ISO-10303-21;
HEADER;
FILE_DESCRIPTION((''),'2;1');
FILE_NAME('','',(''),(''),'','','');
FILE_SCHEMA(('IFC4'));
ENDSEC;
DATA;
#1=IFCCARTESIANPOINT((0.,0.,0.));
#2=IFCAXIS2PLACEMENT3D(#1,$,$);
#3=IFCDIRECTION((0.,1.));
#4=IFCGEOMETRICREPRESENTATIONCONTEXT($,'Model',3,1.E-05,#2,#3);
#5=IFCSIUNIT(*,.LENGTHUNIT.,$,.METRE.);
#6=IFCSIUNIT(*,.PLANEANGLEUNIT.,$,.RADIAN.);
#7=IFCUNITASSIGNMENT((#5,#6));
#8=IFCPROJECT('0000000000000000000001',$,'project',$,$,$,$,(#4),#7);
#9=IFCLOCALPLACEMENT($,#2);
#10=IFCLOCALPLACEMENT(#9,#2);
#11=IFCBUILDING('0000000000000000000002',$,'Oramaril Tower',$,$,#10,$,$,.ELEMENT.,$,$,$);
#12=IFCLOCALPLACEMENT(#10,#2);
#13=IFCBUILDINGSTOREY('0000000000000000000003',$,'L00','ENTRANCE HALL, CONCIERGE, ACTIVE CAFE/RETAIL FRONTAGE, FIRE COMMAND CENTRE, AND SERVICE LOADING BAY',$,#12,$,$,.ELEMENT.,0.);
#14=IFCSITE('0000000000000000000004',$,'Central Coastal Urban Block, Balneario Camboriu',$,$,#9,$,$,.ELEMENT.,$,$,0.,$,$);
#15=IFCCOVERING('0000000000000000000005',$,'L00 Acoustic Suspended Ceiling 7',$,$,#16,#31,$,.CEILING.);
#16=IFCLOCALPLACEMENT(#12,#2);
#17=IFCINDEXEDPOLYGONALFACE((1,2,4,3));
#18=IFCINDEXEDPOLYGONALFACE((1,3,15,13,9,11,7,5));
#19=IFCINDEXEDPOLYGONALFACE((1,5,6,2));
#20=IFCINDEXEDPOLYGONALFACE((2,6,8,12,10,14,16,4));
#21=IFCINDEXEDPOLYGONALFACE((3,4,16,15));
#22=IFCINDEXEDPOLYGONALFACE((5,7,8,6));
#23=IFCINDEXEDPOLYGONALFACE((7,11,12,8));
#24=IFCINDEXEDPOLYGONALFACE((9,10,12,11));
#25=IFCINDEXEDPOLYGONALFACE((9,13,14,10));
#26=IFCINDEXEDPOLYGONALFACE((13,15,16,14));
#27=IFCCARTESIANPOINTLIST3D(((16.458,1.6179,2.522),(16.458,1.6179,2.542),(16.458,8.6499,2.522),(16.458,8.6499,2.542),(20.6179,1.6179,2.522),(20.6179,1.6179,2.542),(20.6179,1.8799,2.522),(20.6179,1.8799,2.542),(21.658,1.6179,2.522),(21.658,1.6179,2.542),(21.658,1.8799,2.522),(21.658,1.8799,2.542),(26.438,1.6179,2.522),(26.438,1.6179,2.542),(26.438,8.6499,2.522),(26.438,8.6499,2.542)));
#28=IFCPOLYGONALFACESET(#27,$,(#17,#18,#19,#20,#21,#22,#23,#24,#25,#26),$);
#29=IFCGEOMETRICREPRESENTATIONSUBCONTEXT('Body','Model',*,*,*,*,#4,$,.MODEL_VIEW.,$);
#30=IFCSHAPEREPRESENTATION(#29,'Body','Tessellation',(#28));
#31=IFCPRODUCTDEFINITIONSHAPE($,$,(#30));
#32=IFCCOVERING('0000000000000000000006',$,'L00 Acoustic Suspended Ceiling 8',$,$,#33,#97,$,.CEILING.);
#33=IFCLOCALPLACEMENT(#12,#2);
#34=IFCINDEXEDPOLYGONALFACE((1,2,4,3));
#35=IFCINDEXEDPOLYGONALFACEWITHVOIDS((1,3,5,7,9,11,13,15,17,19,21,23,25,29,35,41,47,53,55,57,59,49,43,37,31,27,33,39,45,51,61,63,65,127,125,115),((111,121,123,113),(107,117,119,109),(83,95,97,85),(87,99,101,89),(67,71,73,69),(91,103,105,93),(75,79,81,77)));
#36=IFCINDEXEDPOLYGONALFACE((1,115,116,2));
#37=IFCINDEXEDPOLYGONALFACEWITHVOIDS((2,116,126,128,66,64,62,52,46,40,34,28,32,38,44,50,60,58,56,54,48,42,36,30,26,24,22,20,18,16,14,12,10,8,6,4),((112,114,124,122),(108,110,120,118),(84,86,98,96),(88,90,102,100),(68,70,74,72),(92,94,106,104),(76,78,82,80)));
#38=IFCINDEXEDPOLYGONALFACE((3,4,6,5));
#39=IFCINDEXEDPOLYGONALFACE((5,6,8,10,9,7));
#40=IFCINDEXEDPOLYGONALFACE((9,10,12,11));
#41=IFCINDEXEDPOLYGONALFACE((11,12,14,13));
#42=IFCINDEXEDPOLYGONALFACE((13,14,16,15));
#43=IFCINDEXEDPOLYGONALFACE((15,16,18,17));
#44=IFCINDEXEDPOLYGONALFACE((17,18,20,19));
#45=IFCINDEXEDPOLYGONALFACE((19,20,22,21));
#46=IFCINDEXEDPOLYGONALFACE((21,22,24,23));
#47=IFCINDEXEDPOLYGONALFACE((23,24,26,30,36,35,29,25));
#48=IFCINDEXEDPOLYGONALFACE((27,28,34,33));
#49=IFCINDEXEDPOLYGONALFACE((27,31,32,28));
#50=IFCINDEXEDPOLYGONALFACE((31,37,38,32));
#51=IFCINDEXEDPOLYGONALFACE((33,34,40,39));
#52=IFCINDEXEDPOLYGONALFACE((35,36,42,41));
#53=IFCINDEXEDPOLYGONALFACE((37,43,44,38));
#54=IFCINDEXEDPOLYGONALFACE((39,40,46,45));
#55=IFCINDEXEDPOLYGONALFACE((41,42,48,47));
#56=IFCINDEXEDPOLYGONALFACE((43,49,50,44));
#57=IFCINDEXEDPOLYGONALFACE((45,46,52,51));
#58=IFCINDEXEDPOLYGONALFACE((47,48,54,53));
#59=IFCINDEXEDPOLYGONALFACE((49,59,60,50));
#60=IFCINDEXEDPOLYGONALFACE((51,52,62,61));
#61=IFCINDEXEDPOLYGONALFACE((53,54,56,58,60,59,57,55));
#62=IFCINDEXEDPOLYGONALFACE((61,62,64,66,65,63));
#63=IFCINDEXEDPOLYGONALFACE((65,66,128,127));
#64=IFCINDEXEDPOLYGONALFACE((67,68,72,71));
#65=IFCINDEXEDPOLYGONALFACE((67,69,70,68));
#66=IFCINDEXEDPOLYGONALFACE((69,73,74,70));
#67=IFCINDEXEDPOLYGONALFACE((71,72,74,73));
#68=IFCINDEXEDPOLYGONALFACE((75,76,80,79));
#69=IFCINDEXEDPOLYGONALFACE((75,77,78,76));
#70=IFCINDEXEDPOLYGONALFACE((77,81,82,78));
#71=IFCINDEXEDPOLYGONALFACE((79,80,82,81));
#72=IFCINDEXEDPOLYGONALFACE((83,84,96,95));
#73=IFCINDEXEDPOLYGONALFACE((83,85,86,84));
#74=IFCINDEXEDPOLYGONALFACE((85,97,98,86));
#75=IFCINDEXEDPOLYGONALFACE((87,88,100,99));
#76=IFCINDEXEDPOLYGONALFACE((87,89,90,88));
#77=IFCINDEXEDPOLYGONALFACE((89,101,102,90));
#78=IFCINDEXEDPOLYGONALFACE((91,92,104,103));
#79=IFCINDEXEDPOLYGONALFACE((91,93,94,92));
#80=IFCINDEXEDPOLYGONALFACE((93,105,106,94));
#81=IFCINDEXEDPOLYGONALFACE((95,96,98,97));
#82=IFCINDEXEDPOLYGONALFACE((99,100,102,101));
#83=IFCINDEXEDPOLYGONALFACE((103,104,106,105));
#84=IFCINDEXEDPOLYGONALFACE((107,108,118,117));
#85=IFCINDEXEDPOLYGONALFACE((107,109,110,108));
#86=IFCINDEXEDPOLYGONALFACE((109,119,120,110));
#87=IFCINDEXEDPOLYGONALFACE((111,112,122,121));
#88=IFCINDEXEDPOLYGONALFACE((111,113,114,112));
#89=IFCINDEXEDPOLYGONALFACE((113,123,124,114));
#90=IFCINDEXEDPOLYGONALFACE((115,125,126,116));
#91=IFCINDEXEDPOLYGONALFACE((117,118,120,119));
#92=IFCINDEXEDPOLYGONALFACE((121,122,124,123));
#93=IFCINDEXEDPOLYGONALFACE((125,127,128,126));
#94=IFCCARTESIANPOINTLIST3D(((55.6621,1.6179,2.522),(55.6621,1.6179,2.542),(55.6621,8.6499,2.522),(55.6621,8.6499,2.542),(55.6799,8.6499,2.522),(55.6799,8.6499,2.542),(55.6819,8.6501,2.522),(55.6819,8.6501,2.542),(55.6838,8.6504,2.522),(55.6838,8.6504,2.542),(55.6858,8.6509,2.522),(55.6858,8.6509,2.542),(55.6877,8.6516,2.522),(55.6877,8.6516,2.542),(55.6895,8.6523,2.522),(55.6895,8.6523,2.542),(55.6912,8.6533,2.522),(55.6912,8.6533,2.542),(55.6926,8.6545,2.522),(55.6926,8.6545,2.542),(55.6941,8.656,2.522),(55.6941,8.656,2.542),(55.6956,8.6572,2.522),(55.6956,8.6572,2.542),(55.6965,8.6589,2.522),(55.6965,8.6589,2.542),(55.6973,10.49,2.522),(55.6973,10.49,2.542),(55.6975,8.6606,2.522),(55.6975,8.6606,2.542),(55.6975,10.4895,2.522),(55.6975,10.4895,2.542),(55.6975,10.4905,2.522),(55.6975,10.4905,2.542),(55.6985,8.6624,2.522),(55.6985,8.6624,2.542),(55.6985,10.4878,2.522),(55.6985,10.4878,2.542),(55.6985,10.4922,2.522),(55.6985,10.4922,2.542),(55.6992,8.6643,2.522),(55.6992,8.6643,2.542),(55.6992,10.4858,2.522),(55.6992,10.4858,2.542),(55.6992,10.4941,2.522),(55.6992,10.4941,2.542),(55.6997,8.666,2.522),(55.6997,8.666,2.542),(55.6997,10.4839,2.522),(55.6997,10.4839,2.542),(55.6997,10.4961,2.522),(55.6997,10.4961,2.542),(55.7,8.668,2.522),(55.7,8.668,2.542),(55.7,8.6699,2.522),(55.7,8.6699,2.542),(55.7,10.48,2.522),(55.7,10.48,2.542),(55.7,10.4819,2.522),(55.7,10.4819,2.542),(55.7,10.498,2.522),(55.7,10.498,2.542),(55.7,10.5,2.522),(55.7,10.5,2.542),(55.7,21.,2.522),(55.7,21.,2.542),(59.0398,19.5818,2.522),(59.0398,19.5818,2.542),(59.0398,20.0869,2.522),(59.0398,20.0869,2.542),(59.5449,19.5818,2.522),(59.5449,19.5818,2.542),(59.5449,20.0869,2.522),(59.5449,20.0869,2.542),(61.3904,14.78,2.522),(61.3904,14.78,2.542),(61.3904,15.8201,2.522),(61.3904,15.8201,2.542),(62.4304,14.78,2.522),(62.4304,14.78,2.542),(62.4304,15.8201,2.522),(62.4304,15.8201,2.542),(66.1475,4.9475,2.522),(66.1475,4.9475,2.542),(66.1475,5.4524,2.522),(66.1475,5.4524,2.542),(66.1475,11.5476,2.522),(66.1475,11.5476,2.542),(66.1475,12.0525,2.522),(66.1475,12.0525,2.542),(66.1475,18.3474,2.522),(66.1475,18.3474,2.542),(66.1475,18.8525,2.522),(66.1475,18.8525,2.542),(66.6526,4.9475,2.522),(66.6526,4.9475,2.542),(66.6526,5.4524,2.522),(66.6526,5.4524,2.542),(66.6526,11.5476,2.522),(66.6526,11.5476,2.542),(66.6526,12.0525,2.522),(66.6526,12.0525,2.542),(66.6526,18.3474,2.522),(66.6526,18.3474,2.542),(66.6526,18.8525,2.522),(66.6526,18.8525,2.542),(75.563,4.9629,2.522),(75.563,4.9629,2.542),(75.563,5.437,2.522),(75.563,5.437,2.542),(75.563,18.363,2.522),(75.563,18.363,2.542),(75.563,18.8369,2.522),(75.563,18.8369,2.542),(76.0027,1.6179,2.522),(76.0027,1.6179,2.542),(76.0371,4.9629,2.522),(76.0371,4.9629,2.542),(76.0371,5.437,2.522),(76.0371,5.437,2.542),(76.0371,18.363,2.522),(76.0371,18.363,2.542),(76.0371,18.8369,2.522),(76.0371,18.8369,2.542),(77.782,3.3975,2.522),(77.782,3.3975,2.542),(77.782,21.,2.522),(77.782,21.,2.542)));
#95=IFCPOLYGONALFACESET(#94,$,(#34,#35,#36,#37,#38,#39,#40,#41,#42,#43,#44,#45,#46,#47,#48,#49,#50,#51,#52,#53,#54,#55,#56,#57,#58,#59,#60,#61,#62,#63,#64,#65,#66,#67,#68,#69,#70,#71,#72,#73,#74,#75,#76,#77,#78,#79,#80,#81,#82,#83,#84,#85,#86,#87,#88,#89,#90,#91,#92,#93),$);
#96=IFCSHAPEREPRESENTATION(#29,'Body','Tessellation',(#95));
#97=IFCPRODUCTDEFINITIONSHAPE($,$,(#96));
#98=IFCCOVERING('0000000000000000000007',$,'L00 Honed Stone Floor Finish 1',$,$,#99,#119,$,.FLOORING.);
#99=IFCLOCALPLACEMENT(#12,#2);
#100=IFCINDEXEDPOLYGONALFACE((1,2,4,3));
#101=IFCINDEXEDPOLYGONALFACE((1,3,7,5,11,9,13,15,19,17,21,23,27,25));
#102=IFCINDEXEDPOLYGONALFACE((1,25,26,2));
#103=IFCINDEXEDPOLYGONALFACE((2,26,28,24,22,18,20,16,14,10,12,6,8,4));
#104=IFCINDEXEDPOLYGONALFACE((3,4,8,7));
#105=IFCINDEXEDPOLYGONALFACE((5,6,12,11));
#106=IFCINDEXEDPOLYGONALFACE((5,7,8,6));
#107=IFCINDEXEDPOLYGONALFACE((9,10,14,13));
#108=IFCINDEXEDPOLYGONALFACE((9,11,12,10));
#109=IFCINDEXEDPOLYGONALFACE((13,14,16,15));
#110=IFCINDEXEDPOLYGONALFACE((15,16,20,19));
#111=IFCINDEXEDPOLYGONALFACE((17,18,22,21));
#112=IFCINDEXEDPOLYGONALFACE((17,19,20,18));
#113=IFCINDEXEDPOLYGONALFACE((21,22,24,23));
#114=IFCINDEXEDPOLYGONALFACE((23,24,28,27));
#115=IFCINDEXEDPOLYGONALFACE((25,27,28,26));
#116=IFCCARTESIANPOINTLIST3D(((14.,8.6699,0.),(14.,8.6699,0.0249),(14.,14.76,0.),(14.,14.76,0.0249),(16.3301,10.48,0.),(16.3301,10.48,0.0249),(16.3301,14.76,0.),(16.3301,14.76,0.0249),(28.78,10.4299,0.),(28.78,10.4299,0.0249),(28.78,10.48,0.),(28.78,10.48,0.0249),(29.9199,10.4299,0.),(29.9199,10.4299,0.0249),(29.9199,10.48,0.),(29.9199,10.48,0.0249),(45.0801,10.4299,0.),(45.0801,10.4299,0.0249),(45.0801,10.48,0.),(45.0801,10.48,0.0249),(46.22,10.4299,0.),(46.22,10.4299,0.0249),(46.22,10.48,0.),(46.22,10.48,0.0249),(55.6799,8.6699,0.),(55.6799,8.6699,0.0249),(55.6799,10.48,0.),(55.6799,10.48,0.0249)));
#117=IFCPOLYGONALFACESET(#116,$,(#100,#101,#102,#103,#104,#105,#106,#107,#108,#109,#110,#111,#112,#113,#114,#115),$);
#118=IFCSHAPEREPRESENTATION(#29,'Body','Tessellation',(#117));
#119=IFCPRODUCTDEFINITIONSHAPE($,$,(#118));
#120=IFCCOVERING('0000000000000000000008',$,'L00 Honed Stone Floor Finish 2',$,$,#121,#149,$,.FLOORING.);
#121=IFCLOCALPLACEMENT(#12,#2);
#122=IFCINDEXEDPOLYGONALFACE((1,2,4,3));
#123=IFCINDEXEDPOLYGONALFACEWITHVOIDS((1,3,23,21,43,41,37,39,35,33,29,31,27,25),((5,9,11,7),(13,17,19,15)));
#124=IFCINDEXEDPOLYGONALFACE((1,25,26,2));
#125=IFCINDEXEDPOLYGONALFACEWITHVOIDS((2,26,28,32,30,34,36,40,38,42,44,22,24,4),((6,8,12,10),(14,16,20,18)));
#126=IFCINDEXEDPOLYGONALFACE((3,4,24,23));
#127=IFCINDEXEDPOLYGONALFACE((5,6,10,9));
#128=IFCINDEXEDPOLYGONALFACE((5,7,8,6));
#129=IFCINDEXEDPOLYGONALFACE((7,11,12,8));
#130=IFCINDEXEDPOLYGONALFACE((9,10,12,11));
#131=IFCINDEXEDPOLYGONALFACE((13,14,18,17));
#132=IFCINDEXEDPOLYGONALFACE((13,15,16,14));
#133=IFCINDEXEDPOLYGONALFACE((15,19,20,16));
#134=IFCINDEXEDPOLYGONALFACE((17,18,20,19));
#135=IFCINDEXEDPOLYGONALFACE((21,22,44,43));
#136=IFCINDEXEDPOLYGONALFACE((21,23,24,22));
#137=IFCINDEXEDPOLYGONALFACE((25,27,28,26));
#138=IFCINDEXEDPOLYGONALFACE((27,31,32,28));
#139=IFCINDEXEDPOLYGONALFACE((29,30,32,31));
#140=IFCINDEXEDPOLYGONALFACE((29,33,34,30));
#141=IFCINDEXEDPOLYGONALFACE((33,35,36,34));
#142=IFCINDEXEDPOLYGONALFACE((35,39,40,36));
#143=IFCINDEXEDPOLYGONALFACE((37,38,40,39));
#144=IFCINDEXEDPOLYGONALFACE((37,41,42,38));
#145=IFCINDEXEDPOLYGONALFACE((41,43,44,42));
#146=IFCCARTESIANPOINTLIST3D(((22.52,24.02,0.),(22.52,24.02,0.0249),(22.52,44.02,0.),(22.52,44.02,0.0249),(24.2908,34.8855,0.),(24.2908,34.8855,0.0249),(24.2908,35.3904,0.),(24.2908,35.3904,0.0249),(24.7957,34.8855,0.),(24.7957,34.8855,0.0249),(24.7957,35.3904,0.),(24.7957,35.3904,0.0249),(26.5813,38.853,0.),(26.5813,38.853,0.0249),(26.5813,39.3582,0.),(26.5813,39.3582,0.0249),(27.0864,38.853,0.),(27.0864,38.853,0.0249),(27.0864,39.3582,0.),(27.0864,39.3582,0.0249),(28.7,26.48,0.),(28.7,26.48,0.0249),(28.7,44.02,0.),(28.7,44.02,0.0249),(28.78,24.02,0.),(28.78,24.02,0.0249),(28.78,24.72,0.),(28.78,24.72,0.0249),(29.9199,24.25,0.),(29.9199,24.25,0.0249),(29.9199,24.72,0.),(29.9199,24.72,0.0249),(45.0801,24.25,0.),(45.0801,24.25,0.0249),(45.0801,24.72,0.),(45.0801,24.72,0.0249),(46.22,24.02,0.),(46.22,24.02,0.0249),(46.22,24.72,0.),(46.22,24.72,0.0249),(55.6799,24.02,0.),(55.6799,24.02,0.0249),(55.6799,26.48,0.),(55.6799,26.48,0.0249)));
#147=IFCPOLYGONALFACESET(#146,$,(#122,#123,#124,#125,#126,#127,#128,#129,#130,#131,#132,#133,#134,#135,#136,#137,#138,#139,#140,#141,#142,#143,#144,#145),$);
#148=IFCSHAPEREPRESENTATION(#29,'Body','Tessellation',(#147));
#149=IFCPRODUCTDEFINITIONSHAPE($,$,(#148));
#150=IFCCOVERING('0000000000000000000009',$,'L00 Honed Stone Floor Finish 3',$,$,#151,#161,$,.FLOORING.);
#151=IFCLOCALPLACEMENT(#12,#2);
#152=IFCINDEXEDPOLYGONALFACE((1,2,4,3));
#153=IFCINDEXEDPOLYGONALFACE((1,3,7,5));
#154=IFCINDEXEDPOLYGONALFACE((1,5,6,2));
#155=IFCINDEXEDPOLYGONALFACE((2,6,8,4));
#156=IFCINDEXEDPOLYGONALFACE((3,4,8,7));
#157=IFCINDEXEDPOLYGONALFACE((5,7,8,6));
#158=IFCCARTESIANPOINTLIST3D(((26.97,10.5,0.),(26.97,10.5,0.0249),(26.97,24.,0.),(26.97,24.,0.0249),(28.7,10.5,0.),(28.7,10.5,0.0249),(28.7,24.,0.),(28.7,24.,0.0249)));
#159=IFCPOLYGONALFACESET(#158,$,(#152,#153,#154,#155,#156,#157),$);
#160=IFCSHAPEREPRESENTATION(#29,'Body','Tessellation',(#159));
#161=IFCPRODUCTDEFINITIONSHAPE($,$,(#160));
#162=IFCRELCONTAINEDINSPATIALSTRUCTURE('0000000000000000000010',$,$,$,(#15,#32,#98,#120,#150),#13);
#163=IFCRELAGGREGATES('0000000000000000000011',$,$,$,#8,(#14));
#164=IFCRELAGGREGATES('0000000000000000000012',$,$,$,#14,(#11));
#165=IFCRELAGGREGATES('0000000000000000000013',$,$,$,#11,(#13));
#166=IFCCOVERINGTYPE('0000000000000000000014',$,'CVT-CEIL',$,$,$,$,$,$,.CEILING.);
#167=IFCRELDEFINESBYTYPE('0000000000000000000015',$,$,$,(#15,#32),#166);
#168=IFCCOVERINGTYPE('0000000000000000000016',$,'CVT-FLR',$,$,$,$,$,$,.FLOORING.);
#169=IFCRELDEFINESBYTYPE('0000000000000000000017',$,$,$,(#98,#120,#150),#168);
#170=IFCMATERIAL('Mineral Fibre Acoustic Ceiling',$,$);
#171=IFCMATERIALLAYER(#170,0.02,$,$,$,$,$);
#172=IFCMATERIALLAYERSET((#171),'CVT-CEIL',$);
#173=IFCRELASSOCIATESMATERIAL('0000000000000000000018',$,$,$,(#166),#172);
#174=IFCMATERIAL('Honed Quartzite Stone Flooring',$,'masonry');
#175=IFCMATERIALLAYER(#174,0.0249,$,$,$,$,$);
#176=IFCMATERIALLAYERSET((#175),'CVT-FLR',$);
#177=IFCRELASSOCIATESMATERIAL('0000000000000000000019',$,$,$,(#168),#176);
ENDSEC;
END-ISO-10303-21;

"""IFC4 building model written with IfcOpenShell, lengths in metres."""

from ifc_helpers import new_model, si_unit, direction, frame, origin, place, context, subcontext, project, spatial, polyline, outline, extrude, material, layer, layer_set, type_object, element, save


model = new_model("IFC4")

# Units and contexts
model_context = context("Model", 3, precision=1e-05, world=origin(), true_north=direction((0.0, 1.0)))
body_context = subcontext(model_context, "Body", "Model", "MODEL_VIEW")
ifc_project = project(units=[si_unit("LENGTHUNIT", "METRE"), si_unit("PLANEANGLEUNIT", "RADIAN")], contexts=[model_context])

# Site, building, storey
site_placement = place(None, origin())
site = spatial("IfcSite", under=ifc_project, at=site_placement, Name="Central Coastal Urban Block, Balneario Camboriu", CompositionType="ELEMENT", RefElevation=0.0)
building_placement = place(site_placement, origin())
building = spatial("IfcBuilding", under=site, at=building_placement, Name="Oramaril Tower", CompositionType="ELEMENT")
storey_placement = place(building_placement, origin())
storey = spatial("IfcBuildingStorey", under=building, at=storey_placement, Name="L00", Description="ENTRANCE HALL, CONCIERGE, ACTIVE CAFE/RETAIL FRONTAGE, FIRE COMMAND CENTRE, AND SERVICE LOADING BAY", CompositionType="ELEMENT", Elevation=0.0)

# Coverings
ifc_material_1 = material(Name="Mineral Fibre Acoustic Ceiling")
ifc_layer_1 = layer(ifc_material_1, 0.02)
ifc_layer_set_1 = layer_set([ifc_layer_1], Name="CVT-CEIL")
covering_type_1 = type_object("IfcCoveringType", Name="CVT-CEIL", PredefinedType="CEILING", material=ifc_layer_set_1)
covering_1_placement = place(storey_placement, frame((0.0, 0.0, 2.522)))
element("IfcCovering", 1, at=covering_1_placement, inside=storey, type_object=covering_type_1, Name="L00 Acoustic Suspended Ceiling 7", PredefinedType="CEILING", context=body_context, shape_type="SweptSolid", body=[
    extrude(outline(polyline([(21.658, 1.6179), (21.658, 1.8799), (20.6179, 1.8799), (20.6179, 1.6179), (16.458, 1.6179), (16.458, 8.6499), (26.438, 8.6499), (26.438, 1.6179), (21.658, 1.6179)])), origin(), (0.0, 0.0, 1.0), 0.02),
])
covering_2_placement = place(storey_placement, frame((0.0, 0.0, 2.522)))
element("IfcCovering", 2, at=covering_2_placement, inside=storey, type_object=covering_type_1, Name="L00 Acoustic Suspended Ceiling 8", PredefinedType="CEILING", context=body_context, shape_type="SweptSolid", body=[
    extrude(outline(polyline([(76.0027, 1.6179), (55.6621, 1.6179), (55.6621, 8.6499), (55.6799, 8.6499), (55.6819, 8.6501), (55.6838, 8.6504), (55.6858, 8.6509), (55.6877, 8.6516), (55.6895, 8.6523), (55.6912, 8.6533), (55.6926, 8.6545), (55.6941, 8.656), (55.6956, 8.6572), (55.6965, 8.6589), (55.6975, 8.6606), (55.6985, 8.6624), (55.6992, 8.6643), (55.6997, 8.666), (55.7, 8.668), (55.7, 8.6699), (55.7, 10.48), (55.7, 10.4819), (55.6997, 10.4839), (55.6992, 10.4858), (55.6985, 10.4878), (55.6975, 10.4895), (55.6973, 10.49), (55.6975, 10.4905), (55.6985, 10.4922), (55.6992, 10.4941), (55.6997, 10.4961), (55.7, 10.498), (55.7, 10.5), (55.7, 21.0), (77.782, 21.0), (77.782, 3.3975), (76.0027, 1.6179)]), holes=[polyline([(66.6526, 5.4524), (66.1475, 5.4524), (66.1475, 4.9475), (66.6526, 4.9475), (66.6526, 5.4524)]), polyline([(76.0371, 4.9629), (76.0371, 5.437), (75.563, 5.437), (75.563, 4.9629), (76.0371, 4.9629)]), polyline([(66.6526, 11.5476), (66.6526, 12.0525), (66.1475, 12.0525), (66.1475, 11.5476), (66.6526, 11.5476)]), polyline([(62.4304, 15.8201), (61.3904, 15.8201), (61.3904, 14.78), (62.4304, 14.78), (62.4304, 15.8201)]), polyline([(66.6526, 18.3474), (66.6526, 18.8525), (66.1475, 18.8525), (66.1475, 18.3474), (66.6526, 18.3474)]), polyline([(76.0371, 18.8369), (75.563, 18.8369), (75.563, 18.363), (76.0371, 18.363), (76.0371, 18.8369)]), polyline([(59.5449, 19.5818), (59.5449, 20.0869), (59.0398, 20.0869), (59.0398, 19.5818), (59.5449, 19.5818)])]), origin(), (0.0, 0.0, 1.0), 0.02),
])
ifc_material_2 = material(Name="Honed Quartzite Stone Flooring", Category="masonry")
ifc_layer_2 = layer(ifc_material_2, 0.0249)
ifc_layer_set_2 = layer_set([ifc_layer_2], Name="CVT-FLR")
covering_type_2 = type_object("IfcCoveringType", Name="CVT-FLR", PredefinedType="FLOORING", material=ifc_layer_set_2)
covering_3_placement = place(storey_placement, origin())
element("IfcCovering", 3, at=covering_3_placement, inside=storey, type_object=covering_type_2, Name="L00 Honed Stone Floor Finish 1", PredefinedType="FLOORING", context=body_context, shape_type="SweptSolid", body=[
    extrude(outline(polyline([(28.78, 10.48), (28.78, 10.4299), (29.9199, 10.4299), (29.9199, 10.48), (45.0801, 10.48), (45.0801, 10.4299), (46.22, 10.4299), (46.22, 10.48), (55.6799, 10.48), (55.6799, 8.6699), (14.0, 8.6699), (14.0, 14.76), (16.3301, 14.76), (16.3301, 10.48), (28.78, 10.48)])), origin(), (0.0, 0.0, 1.0), 0.0249),
])
covering_4_placement = place(storey_placement, origin())
element("IfcCovering", 4, at=covering_4_placement, inside=storey, type_object=covering_type_2, Name="L00 Honed Stone Floor Finish 2", PredefinedType="FLOORING", context=body_context, shape_type="SweptSolid", body=[
    extrude(outline(polyline([(22.52, 44.02), (28.7, 44.02), (28.7, 26.48), (55.6799, 26.48), (55.6799, 24.02), (46.22, 24.02), (46.22, 24.72), (45.0801, 24.72), (45.0801, 24.25), (29.9199, 24.25), (29.9199, 24.72), (28.78, 24.72), (28.78, 24.02), (22.52, 24.02), (22.52, 44.02)]), holes=[polyline([(24.7957, 35.3904), (24.2908, 35.3904), (24.2908, 34.8855), (24.7957, 34.8855), (24.7957, 35.3904)]), polyline([(27.0864, 38.853), (27.0864, 39.3582), (26.5813, 39.3582), (26.5813, 38.853), (27.0864, 38.853)])]), origin(), (0.0, 0.0, 1.0), 0.0249),
])
covering_5_placement = place(storey_placement, origin())
element("IfcCovering", 5, at=covering_5_placement, inside=storey, type_object=covering_type_2, Name="L00 Honed Stone Floor Finish 3", PredefinedType="FLOORING", context=body_context, shape_type="SweptSolid", body=[
    extrude(outline(polyline([(28.7, 10.5), (26.97, 10.5), (26.97, 24.0), (28.7, 24.0), (28.7, 10.5)])), origin(), (0.0, 0.0, 1.0), 0.0249),
])

save(model, "model.ifc")
